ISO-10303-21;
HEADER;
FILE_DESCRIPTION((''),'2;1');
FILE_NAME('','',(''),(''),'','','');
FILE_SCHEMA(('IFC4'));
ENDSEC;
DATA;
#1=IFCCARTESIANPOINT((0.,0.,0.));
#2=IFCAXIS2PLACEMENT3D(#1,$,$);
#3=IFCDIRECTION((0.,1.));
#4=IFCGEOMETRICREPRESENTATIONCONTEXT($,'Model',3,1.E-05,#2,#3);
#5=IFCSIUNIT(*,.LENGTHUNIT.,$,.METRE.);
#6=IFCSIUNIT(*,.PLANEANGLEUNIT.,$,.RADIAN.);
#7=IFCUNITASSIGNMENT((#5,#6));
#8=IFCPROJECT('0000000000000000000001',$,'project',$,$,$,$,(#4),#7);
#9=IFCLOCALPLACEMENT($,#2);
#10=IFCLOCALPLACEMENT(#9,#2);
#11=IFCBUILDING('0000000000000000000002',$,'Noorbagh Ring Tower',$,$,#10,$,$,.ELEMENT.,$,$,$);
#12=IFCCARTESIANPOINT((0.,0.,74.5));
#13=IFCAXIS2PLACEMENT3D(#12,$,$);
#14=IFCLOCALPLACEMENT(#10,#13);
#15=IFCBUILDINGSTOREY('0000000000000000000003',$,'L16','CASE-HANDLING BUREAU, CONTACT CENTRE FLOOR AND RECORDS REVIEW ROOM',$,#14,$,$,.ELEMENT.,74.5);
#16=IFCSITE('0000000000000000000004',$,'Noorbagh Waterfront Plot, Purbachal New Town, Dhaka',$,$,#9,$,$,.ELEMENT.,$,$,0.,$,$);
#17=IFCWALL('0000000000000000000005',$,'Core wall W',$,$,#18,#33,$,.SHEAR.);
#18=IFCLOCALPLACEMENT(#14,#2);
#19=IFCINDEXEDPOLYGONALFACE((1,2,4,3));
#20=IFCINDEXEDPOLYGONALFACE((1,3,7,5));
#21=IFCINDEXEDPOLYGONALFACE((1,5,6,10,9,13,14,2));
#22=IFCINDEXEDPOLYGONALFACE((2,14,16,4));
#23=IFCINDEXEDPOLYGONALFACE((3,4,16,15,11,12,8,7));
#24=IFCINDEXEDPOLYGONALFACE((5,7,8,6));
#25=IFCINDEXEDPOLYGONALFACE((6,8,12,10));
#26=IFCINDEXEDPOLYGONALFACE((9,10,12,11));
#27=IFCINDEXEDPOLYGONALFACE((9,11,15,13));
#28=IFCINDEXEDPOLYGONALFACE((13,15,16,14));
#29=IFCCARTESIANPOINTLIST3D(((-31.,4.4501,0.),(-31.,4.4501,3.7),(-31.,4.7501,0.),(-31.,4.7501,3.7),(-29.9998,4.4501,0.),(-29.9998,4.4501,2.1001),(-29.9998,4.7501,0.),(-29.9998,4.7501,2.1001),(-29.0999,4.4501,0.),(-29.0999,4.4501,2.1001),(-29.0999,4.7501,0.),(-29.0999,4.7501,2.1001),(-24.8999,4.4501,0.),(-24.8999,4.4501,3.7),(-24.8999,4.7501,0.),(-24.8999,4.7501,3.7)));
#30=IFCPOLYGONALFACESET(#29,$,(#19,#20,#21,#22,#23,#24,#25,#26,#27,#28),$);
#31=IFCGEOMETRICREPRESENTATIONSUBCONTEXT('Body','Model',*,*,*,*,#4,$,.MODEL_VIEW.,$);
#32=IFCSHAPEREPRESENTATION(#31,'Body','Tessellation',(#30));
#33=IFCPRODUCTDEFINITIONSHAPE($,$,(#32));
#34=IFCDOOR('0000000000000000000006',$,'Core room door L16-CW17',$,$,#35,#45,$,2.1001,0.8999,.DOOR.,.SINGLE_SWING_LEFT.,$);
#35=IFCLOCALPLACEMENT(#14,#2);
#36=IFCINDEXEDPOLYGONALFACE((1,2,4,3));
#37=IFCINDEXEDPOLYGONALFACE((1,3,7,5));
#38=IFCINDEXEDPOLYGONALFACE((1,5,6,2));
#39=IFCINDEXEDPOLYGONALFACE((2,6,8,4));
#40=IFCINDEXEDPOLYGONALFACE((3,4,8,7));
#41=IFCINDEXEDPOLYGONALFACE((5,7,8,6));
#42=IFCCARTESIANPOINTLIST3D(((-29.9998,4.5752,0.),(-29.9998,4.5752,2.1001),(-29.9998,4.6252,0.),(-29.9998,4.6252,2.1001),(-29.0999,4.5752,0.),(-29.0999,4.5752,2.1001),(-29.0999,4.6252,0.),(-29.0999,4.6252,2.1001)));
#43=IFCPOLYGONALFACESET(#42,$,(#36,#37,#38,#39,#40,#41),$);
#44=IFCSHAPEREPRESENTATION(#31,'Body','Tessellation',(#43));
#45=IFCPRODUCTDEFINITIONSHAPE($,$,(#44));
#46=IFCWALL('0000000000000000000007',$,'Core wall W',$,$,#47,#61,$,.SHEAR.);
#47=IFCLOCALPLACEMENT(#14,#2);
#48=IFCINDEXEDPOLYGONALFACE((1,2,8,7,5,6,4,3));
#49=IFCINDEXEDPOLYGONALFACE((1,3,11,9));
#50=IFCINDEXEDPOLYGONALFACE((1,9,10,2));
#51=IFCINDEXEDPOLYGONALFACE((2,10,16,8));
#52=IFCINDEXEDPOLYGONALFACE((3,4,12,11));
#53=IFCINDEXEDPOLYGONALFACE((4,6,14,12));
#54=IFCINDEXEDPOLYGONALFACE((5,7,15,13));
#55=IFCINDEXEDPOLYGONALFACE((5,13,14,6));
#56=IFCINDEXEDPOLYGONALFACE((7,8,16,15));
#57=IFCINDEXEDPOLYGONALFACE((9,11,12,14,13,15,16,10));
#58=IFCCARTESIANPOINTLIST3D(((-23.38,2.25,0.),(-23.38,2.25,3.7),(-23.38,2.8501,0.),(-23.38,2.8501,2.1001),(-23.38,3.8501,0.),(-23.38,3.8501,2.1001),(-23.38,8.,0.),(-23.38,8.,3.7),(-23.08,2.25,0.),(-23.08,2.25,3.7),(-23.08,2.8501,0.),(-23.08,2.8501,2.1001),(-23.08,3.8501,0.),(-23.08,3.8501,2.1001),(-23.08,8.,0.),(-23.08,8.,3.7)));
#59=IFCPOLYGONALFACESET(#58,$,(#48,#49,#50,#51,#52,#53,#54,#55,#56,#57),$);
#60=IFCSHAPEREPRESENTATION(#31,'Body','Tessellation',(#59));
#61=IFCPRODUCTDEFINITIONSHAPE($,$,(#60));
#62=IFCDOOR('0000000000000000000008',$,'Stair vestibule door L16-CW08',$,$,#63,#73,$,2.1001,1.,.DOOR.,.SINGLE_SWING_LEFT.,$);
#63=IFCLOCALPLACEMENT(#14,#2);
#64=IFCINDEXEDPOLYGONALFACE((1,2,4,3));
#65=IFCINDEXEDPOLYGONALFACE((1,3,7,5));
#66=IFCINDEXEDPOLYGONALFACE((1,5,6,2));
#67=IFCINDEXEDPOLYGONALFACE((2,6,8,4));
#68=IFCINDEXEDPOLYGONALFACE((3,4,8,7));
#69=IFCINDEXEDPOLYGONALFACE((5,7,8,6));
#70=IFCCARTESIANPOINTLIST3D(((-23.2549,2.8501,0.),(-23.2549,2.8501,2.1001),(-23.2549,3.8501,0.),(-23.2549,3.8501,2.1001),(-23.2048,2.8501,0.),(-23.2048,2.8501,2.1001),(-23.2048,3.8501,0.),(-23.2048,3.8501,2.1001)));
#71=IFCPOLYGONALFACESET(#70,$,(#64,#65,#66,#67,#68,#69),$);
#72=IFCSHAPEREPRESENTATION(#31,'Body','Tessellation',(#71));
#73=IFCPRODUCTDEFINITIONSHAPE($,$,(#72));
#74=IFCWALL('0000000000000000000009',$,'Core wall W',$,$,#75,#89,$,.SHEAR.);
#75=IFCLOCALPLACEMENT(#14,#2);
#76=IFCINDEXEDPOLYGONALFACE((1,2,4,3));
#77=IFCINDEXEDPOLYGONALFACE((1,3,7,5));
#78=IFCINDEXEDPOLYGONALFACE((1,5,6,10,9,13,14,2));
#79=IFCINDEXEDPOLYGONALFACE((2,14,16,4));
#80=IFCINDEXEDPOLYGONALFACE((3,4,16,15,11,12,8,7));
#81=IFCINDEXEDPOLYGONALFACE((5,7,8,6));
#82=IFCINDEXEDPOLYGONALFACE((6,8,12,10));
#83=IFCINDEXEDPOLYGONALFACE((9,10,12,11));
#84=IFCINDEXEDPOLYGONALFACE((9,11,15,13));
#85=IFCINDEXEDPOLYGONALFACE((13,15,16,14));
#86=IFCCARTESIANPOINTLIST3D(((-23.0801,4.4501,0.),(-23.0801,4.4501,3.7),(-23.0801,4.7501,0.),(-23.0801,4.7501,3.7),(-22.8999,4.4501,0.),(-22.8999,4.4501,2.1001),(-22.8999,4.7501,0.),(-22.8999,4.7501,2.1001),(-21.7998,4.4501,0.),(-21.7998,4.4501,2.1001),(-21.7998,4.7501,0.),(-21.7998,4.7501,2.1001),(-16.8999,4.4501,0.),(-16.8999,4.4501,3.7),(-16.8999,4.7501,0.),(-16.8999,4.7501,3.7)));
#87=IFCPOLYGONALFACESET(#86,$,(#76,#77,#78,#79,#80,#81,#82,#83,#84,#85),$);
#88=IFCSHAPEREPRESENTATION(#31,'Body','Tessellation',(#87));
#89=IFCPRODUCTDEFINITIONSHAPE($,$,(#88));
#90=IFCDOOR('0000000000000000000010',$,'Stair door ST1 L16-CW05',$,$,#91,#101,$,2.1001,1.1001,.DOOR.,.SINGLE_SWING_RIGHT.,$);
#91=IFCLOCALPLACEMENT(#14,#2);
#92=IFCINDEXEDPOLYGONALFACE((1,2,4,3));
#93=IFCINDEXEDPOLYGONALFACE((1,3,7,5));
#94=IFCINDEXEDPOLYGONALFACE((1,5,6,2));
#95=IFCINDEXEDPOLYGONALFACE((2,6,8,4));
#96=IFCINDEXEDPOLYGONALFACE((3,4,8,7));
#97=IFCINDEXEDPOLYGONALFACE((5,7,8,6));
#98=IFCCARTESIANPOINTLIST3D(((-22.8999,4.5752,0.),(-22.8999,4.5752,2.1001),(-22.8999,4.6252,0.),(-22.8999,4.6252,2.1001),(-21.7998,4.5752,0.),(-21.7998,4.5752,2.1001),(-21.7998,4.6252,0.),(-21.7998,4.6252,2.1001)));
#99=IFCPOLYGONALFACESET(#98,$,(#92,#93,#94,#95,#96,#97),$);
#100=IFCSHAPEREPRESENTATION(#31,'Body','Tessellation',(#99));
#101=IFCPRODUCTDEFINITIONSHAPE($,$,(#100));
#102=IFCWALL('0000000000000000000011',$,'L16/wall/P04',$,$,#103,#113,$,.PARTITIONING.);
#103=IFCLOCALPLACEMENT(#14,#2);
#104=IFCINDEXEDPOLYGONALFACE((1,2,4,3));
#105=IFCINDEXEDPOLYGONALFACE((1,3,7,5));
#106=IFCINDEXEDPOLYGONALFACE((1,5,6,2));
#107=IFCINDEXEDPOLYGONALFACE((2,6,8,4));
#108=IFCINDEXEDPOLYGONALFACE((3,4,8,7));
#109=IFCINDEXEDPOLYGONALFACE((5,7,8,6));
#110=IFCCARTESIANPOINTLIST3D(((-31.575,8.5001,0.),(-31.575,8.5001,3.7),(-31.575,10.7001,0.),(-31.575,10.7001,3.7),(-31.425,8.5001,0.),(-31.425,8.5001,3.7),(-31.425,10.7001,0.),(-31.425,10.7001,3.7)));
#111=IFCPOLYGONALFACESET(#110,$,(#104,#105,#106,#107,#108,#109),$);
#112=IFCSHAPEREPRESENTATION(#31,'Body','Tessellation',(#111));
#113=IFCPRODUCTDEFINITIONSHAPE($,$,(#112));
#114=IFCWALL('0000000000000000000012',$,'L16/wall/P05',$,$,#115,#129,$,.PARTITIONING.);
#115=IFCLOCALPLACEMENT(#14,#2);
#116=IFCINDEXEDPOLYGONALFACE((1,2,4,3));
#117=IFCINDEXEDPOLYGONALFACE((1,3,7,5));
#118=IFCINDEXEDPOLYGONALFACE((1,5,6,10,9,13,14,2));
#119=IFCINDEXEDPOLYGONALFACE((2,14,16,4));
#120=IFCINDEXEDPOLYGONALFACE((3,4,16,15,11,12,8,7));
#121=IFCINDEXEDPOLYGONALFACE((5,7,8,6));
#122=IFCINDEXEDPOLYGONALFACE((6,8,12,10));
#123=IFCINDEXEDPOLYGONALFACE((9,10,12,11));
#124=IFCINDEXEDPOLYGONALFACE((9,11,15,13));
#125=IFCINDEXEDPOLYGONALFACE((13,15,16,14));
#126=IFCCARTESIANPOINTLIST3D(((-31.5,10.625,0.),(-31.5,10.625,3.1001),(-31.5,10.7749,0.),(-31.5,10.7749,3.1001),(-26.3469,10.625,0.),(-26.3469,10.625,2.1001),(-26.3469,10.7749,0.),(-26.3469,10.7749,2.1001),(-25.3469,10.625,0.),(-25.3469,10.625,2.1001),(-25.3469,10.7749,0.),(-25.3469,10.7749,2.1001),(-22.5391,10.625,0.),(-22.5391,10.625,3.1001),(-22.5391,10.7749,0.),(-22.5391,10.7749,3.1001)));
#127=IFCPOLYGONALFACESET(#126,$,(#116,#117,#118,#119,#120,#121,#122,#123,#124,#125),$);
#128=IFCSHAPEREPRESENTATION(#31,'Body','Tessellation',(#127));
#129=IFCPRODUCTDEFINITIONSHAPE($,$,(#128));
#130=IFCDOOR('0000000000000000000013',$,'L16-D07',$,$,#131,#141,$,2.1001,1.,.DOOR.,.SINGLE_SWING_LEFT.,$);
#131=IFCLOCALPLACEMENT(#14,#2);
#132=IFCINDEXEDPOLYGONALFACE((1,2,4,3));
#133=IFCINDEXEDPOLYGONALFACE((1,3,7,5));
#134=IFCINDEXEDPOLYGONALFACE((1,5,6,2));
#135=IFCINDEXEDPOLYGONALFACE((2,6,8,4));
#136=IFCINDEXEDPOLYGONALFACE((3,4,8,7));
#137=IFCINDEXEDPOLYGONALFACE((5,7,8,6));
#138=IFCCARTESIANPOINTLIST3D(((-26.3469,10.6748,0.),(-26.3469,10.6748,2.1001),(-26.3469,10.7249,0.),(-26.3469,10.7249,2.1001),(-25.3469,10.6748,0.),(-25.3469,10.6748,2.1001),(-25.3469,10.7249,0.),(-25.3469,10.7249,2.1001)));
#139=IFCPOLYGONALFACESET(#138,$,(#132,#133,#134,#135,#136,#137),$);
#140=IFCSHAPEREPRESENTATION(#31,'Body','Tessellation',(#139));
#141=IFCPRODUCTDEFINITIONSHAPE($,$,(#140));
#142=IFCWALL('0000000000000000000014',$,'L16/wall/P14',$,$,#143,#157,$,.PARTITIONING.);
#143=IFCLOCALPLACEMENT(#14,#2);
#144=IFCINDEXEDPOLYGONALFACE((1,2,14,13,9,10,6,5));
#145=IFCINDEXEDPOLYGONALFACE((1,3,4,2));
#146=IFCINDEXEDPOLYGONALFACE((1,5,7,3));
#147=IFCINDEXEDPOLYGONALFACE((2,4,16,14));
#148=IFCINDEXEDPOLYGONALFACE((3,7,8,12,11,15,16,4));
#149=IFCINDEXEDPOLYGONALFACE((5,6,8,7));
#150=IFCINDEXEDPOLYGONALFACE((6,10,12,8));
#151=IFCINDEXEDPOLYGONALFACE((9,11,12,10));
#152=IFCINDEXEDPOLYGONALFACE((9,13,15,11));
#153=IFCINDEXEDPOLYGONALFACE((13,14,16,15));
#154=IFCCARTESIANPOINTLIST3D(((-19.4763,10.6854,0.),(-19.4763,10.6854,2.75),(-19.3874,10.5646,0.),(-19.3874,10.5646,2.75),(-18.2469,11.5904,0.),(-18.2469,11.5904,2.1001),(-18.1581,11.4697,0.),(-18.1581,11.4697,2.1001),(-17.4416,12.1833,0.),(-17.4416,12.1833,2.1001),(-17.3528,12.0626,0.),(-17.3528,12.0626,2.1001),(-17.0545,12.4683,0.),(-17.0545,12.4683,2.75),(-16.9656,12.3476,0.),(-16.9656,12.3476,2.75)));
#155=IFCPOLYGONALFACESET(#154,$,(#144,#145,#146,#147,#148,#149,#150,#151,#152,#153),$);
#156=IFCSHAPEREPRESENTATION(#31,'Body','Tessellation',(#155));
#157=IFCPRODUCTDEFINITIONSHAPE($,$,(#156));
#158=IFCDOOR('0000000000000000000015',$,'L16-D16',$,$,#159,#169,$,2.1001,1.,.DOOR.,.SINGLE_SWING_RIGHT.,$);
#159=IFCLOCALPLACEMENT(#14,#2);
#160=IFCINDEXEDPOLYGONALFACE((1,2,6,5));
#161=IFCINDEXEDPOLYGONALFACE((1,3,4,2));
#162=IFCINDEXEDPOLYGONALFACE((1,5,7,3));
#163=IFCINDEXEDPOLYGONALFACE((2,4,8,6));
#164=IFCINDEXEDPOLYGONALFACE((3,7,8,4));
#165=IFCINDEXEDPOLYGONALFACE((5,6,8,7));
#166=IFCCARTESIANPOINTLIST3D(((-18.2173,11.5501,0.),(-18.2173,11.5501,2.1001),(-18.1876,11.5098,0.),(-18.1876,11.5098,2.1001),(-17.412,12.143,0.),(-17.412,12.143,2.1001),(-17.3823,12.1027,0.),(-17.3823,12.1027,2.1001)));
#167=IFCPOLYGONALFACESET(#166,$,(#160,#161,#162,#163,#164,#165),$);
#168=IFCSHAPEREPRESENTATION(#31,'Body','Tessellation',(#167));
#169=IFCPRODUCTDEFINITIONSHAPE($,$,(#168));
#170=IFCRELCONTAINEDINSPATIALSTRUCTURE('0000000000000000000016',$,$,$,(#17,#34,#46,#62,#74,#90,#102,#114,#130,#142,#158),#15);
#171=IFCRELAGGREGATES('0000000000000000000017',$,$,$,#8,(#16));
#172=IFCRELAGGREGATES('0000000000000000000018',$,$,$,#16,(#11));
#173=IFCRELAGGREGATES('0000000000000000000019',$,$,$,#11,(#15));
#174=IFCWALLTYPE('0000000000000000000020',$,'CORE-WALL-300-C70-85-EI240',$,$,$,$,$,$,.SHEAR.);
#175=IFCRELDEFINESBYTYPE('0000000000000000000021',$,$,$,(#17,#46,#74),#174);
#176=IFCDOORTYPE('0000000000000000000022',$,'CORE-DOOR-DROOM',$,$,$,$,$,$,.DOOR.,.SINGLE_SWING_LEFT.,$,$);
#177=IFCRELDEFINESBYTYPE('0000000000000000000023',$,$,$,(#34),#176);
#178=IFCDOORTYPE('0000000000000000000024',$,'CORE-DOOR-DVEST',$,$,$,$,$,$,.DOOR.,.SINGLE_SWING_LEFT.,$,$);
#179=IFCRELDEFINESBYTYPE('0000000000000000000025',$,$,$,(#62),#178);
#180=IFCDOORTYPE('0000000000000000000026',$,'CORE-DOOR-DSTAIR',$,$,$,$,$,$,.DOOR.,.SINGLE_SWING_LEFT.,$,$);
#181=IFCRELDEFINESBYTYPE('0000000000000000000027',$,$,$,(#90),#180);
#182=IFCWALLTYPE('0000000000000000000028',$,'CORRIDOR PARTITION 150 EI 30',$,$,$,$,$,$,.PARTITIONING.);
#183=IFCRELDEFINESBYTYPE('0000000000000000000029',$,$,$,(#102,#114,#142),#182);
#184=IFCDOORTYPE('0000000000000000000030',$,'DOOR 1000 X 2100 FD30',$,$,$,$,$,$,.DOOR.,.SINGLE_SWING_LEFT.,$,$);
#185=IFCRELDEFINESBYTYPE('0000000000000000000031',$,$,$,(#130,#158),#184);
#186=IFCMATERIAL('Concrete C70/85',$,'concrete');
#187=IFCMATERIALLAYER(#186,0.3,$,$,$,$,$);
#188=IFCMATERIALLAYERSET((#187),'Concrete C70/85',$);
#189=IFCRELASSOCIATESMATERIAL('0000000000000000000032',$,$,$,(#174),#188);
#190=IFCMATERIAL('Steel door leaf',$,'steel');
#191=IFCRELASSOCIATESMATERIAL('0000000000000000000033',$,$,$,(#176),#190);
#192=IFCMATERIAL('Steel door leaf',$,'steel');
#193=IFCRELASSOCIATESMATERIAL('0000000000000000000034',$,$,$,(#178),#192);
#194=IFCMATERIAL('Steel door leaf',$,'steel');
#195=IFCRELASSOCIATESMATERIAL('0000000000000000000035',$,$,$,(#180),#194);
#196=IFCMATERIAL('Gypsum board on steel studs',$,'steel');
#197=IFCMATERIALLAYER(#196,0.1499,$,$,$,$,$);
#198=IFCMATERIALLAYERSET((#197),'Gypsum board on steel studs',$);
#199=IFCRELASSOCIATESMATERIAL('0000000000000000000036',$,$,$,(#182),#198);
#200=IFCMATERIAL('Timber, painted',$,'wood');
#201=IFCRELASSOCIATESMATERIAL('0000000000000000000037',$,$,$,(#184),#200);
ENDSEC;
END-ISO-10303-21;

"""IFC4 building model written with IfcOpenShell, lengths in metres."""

from ifc_helpers import new_model, si_unit, direction, frame, frame_2d, origin, place, context, subcontext, project, spatial, rectangle, extrude, material, layer, layer_set, type_object, element, fill, save


model = new_model("IFC4")

# Units and contexts
model_context = context("Model", 3, precision=1e-05, world=origin(), true_north=direction((0.0, 1.0)))
body_context = subcontext(model_context, "Body", "Model", "MODEL_VIEW")
ifc_project = project(units=[si_unit("LENGTHUNIT", "METRE"), si_unit("PLANEANGLEUNIT", "RADIAN")], contexts=[model_context])

# Site, building, storey
site_placement = place(None, origin())
site = spatial("IfcSite", under=ifc_project, at=site_placement, Name="Noorbagh Waterfront Plot, Purbachal New Town, Dhaka", CompositionType="ELEMENT", RefElevation=0.0)
building_placement = place(site_placement, origin())
building = spatial("IfcBuilding", under=site, at=building_placement, Name="Noorbagh Ring Tower", CompositionType="ELEMENT")
storey_placement = place(building_placement, frame((0.0, 0.0, 74.5)))
storey = spatial("IfcBuildingStorey", under=building, at=storey_placement, Name="L16", Description="CASE-HANDLING BUREAU, CONTACT CENTRE FLOOR AND RECORDS REVIEW ROOM", CompositionType="ELEMENT", Elevation=74.5)

# Walls, openings, doors
ifc_material_1 = material(Name="Concrete C70/85", Category="concrete")
ifc_layer_1 = layer(ifc_material_1, 0.3)
ifc_layer_set_1 = layer_set([ifc_layer_1], Name="Concrete C70/85")
wall_type_1 = type_object("IfcWallType", Name="CORE-WALL-300-C70-85-EI240", PredefinedType="SHEAR", material=ifc_layer_set_1)
wall_1_placement = place(storey_placement, frame((-24.8999, 4.6001, 0.0), z_axis=(0.0, 0.0, 1.0), x_axis=(-1.0, 0.0, 0.0)))
wall_1 = element("IfcWall", 1, at=wall_1_placement, inside=storey, type_object=wall_type_1, Name="Core wall W", PredefinedType="SHEAR", context=body_context, shape_type="SweptSolid", body=[
    extrude(rectangle(XDim=6.1001, YDim=0.3, at=frame_2d((3.05, 0.0))), origin(), (0.0, 0.0, 1.0), 3.7),
])
opening_1_placement = place(wall_1_placement, frame((4.2, 0.0, 0.0)))
opening_1 = element("IfcOpeningElement", 2, at=opening_1_placement, cuts=wall_1, PredefinedType="OPENING", context=body_context, shape_type="SweptSolid", body=[
    extrude(rectangle(XDim=0.8999, YDim=2.1001, at=frame_2d((0.45, 1.05))), frame((0.0, 0.1602, 0.0), z_axis=(0.0, -1.0, 0.0), x_axis=(1.0, 0.0, 0.0)), (0.0, 0.0, 1.0), 0.3201),
])
ifc_material_2 = material(Name="Steel door leaf", Category="steel")
door_type_1 = type_object("IfcDoorType", Name="CORE-DOOR-DROOM", OperationType="SINGLE_SWING_LEFT", PredefinedType="DOOR", material=ifc_material_2)
door_1_placement = place(opening_1_placement, origin())
door_1 = element("IfcDoor", 3, at=door_1_placement, inside=storey, type_object=door_type_1, Name="Core room door L16-CW17", OperationType="SINGLE_SWING_LEFT", OverallHeight=2.1001, OverallWidth=0.8999, PredefinedType="DOOR", context=body_context, shape_type="SweptSolid", body=[
    extrude(rectangle(XDim=0.8999, YDim=2.1001, at=frame_2d((0.45, 1.05))), frame((0.0, 0.0249, 0.0), z_axis=(0.0, -1.0, 0.0), x_axis=(1.0, 0.0, 0.0)), (0.0, 0.0, 1.0), 0.05),
])
fill(opening_1, door_1)
wall_2_placement = place(storey_placement, frame((-23.23, 2.25, 0.0), z_axis=(0.0, 0.0, 1.0), x_axis=(0.0, 1.0, 0.0)))
wall_2 = element("IfcWall", 4, at=wall_2_placement, inside=storey, type_object=wall_type_1, Name="Core wall W", PredefinedType="SHEAR", context=body_context, shape_type="SweptSolid", body=[
    extrude(rectangle(XDim=5.75, YDim=0.3, at=frame_2d((2.875, 0.0))), origin(), (0.0, 0.0, 1.0), 3.7),
])
opening_2_placement = place(wall_2_placement, frame((0.6001, 0.0, 0.0)))
opening_2 = element("IfcOpeningElement", 5, at=opening_2_placement, cuts=wall_2, PredefinedType="OPENING", context=body_context, shape_type="SweptSolid", body=[
    extrude(rectangle(XDim=1.0, YDim=2.1001, at=frame_2d((0.5, 1.05))), frame((0.0, 0.1602, 0.0), z_axis=(0.0, -1.0, 0.0), x_axis=(1.0, 0.0, 0.0)), (0.0, 0.0, 1.0), 0.3201),
])
ifc_material_3 = material(Name="Steel door leaf", Category="steel")
door_type_2 = type_object("IfcDoorType", Name="CORE-DOOR-DVEST", OperationType="SINGLE_SWING_LEFT", PredefinedType="DOOR", material=ifc_material_3)
door_2_placement = place(opening_2_placement, origin())
door_2 = element("IfcDoor", 6, at=door_2_placement, inside=storey, type_object=door_type_2, Name="Stair vestibule door L16-CW08", OperationType="SINGLE_SWING_LEFT", OverallHeight=2.1001, OverallWidth=1.0, PredefinedType="DOOR", context=body_context, shape_type="SweptSolid", body=[
    extrude(rectangle(XDim=1.0, YDim=2.1001, at=frame_2d((0.5, 1.05))), frame((0.0, 0.0249, 0.0), z_axis=(0.0, -1.0, 0.0), x_axis=(1.0, 0.0, 0.0)), (0.0, 0.0, 1.0), 0.05),
])
fill(opening_2, door_2)
wall_3_placement = place(storey_placement, frame((-16.8999, 4.6001, 0.0), z_axis=(0.0, 0.0, 1.0), x_axis=(-1.0, 0.0, 0.0)))
wall_3 = element("IfcWall", 7, at=wall_3_placement, inside=storey, type_object=wall_type_1, Name="Core wall W", PredefinedType="SHEAR", context=body_context, shape_type="SweptSolid", body=[
    extrude(rectangle(XDim=6.1802, YDim=0.3, at=frame_2d((3.0901, 0.0))), origin(), (0.0, 0.0, 1.0), 3.7),
])
opening_3_placement = place(wall_3_placement, frame((4.8999, 0.0, 0.0)))
opening_3 = element("IfcOpeningElement", 8, at=opening_3_placement, cuts=wall_3, PredefinedType="OPENING", context=body_context, shape_type="SweptSolid", body=[
    extrude(rectangle(XDim=1.1001, YDim=2.1001, at=frame_2d((0.55, 1.05))), frame((0.0, 0.1602, 0.0), z_axis=(0.0, -1.0, 0.0), x_axis=(1.0, 0.0, 0.0)), (0.0, 0.0, 1.0), 0.3201),
])
ifc_material_4 = material(Name="Steel door leaf", Category="steel")
door_type_3 = type_object("IfcDoorType", Name="CORE-DOOR-DSTAIR", OperationType="SINGLE_SWING_LEFT", PredefinedType="DOOR", material=ifc_material_4)
door_3_placement = place(opening_3_placement, origin())
door_3 = element("IfcDoor", 9, at=door_3_placement, inside=storey, type_object=door_type_3, Name="Stair door ST1 L16-CW05", OperationType="SINGLE_SWING_RIGHT", OverallHeight=2.1001, OverallWidth=1.1001, PredefinedType="DOOR", context=body_context, shape_type="SweptSolid", body=[
    extrude(rectangle(XDim=1.1001, YDim=2.1001, at=frame_2d((0.55, 1.05))), frame((0.0, 0.0249, 0.0), z_axis=(0.0, -1.0, 0.0), x_axis=(1.0, 0.0, 0.0)), (0.0, 0.0, 1.0), 0.05),
])
fill(opening_3, door_3)

# Wall
ifc_material_5 = material(Name="Gypsum board on steel studs", Category="steel")
ifc_layer_2 = layer(ifc_material_5, 0.1499)
ifc_layer_set_2 = layer_set([ifc_layer_2], Name="Gypsum board on steel studs")
wall_type_2 = type_object("IfcWallType", Name="CORRIDOR PARTITION 150 EI 30", PredefinedType="PARTITIONING", material=ifc_layer_set_2)
wall_4_placement = place(storey_placement, frame((-31.5, 8.5, 0.0), z_axis=(0.0, 0.0, 1.0), x_axis=(0.0, 1.0, 0.0)))
element("IfcWall", 10, at=wall_4_placement, inside=storey, type_object=wall_type_2, Name="L16/wall/P04", PredefinedType="PARTITIONING", context=body_context, shape_type="SweptSolid", body=[
    extrude(rectangle(XDim=2.2, YDim=0.1499, at=frame_2d((1.1001, 0.0))), origin(), (0.0, 0.0, 1.0), 3.7),
])

# Walls, openings, doors
wall_5_placement = place(storey_placement, frame((-31.5, 10.7, 0.0), z_axis=(0.0, 0.0, 1.0), x_axis=(1.0, 0.0, 0.0)))
wall_5 = element("IfcWall", 11, at=wall_5_placement, inside=storey, type_object=wall_type_2, Name="L16/wall/P05", PredefinedType="PARTITIONING", context=body_context, shape_type="SweptSolid", body=[
    extrude(rectangle(XDim=8.9609, YDim=0.1499, at=frame_2d((4.4805, 0.0))), origin(), (0.0, 0.0, 1.0), 3.1001),
])
opening_4_placement = place(wall_5_placement, frame((5.1531, 0.0, 0.0)))
opening_4 = element("IfcOpeningElement", 12, at=opening_4_placement, cuts=wall_5, PredefinedType="OPENING", context=body_context, shape_type="SweptSolid", body=[
    extrude(rectangle(XDim=1.0, YDim=2.1001, at=frame_2d((0.5, 1.05))), frame((0.0, 0.085, 0.0), z_axis=(0.0, -1.0, 0.0), x_axis=(1.0, 0.0, 0.0)), (0.0, 0.0, 1.0), 0.1699),
])
ifc_material_6 = material(Name="Timber, painted", Category="wood")
door_type_4 = type_object("IfcDoorType", Name="DOOR 1000 X 2100 FD30", OperationType="SINGLE_SWING_LEFT", PredefinedType="DOOR", material=ifc_material_6)
door_4_placement = place(opening_4_placement, origin())
door_4 = element("IfcDoor", 13, at=door_4_placement, inside=storey, type_object=door_type_4, Name="L16-D07", OperationType="SINGLE_SWING_LEFT", OverallHeight=2.1001, OverallWidth=1.0, PredefinedType="DOOR", context=body_context, shape_type="SweptSolid", body=[
    extrude(rectangle(XDim=1.0, YDim=2.1001, at=frame_2d((0.5, 1.05))), frame((0.0, 0.0249, 0.0), z_axis=(0.0, -1.0, 0.0), x_axis=(1.0, 0.0, 0.0)), (0.0, 0.0, 1.0), 0.05),
])
fill(opening_4, door_4)
wall_6_placement = place(storey_placement, frame((-19.4319, 10.625, 0.0), z_axis=(0.0, 0.0, 1.0), x_axis=(0.805307, 0.592858, 0.0)))
wall_6 = element("IfcWall", 14, at=wall_6_placement, inside=storey, type_object=wall_type_2, Name="L16/wall/P14", PredefinedType="PARTITIONING", context=body_context, shape_type="SweptSolid", body=[
    extrude(rectangle(XDim=3.0073, YDim=0.1499, at=frame_2d((1.5037, 0.0))), origin(), (0.0, 0.0, 1.0), 2.75),
])
opening_5_placement = place(wall_6_placement, frame((1.5266, 0.0, 0.0)))
opening_5 = element("IfcOpeningElement", 15, at=opening_5_placement, cuts=wall_6, PredefinedType="OPENING", context=body_context, shape_type="SweptSolid", body=[
    extrude(rectangle(XDim=1.0, YDim=2.1001, at=frame_2d((0.5, 1.05))), frame((0.0, 0.085, 0.0), z_axis=(0.0, -1.0, 0.0), x_axis=(1.0, 0.0, 0.0)), (0.0, 0.0, 1.0), 0.1699),
])
door_5_placement = place(opening_5_placement, origin())
door_5 = element("IfcDoor", 16, at=door_5_placement, inside=storey, type_object=door_type_4, Name="L16-D16", OperationType="SINGLE_SWING_RIGHT", OverallHeight=2.1001, OverallWidth=1.0, PredefinedType="DOOR", context=body_context, shape_type="SweptSolid", body=[
    extrude(rectangle(XDim=1.0, YDim=2.1001, at=frame_2d((0.5, 1.05))), frame((0.0, 0.0249, 0.0), z_axis=(0.0, -1.0, 0.0), x_axis=(1.0, 0.0, 0.0)), (0.0, 0.0, 1.0), 0.05),
])
fill(opening_5, door_5)

save(model, "model.ifc")
